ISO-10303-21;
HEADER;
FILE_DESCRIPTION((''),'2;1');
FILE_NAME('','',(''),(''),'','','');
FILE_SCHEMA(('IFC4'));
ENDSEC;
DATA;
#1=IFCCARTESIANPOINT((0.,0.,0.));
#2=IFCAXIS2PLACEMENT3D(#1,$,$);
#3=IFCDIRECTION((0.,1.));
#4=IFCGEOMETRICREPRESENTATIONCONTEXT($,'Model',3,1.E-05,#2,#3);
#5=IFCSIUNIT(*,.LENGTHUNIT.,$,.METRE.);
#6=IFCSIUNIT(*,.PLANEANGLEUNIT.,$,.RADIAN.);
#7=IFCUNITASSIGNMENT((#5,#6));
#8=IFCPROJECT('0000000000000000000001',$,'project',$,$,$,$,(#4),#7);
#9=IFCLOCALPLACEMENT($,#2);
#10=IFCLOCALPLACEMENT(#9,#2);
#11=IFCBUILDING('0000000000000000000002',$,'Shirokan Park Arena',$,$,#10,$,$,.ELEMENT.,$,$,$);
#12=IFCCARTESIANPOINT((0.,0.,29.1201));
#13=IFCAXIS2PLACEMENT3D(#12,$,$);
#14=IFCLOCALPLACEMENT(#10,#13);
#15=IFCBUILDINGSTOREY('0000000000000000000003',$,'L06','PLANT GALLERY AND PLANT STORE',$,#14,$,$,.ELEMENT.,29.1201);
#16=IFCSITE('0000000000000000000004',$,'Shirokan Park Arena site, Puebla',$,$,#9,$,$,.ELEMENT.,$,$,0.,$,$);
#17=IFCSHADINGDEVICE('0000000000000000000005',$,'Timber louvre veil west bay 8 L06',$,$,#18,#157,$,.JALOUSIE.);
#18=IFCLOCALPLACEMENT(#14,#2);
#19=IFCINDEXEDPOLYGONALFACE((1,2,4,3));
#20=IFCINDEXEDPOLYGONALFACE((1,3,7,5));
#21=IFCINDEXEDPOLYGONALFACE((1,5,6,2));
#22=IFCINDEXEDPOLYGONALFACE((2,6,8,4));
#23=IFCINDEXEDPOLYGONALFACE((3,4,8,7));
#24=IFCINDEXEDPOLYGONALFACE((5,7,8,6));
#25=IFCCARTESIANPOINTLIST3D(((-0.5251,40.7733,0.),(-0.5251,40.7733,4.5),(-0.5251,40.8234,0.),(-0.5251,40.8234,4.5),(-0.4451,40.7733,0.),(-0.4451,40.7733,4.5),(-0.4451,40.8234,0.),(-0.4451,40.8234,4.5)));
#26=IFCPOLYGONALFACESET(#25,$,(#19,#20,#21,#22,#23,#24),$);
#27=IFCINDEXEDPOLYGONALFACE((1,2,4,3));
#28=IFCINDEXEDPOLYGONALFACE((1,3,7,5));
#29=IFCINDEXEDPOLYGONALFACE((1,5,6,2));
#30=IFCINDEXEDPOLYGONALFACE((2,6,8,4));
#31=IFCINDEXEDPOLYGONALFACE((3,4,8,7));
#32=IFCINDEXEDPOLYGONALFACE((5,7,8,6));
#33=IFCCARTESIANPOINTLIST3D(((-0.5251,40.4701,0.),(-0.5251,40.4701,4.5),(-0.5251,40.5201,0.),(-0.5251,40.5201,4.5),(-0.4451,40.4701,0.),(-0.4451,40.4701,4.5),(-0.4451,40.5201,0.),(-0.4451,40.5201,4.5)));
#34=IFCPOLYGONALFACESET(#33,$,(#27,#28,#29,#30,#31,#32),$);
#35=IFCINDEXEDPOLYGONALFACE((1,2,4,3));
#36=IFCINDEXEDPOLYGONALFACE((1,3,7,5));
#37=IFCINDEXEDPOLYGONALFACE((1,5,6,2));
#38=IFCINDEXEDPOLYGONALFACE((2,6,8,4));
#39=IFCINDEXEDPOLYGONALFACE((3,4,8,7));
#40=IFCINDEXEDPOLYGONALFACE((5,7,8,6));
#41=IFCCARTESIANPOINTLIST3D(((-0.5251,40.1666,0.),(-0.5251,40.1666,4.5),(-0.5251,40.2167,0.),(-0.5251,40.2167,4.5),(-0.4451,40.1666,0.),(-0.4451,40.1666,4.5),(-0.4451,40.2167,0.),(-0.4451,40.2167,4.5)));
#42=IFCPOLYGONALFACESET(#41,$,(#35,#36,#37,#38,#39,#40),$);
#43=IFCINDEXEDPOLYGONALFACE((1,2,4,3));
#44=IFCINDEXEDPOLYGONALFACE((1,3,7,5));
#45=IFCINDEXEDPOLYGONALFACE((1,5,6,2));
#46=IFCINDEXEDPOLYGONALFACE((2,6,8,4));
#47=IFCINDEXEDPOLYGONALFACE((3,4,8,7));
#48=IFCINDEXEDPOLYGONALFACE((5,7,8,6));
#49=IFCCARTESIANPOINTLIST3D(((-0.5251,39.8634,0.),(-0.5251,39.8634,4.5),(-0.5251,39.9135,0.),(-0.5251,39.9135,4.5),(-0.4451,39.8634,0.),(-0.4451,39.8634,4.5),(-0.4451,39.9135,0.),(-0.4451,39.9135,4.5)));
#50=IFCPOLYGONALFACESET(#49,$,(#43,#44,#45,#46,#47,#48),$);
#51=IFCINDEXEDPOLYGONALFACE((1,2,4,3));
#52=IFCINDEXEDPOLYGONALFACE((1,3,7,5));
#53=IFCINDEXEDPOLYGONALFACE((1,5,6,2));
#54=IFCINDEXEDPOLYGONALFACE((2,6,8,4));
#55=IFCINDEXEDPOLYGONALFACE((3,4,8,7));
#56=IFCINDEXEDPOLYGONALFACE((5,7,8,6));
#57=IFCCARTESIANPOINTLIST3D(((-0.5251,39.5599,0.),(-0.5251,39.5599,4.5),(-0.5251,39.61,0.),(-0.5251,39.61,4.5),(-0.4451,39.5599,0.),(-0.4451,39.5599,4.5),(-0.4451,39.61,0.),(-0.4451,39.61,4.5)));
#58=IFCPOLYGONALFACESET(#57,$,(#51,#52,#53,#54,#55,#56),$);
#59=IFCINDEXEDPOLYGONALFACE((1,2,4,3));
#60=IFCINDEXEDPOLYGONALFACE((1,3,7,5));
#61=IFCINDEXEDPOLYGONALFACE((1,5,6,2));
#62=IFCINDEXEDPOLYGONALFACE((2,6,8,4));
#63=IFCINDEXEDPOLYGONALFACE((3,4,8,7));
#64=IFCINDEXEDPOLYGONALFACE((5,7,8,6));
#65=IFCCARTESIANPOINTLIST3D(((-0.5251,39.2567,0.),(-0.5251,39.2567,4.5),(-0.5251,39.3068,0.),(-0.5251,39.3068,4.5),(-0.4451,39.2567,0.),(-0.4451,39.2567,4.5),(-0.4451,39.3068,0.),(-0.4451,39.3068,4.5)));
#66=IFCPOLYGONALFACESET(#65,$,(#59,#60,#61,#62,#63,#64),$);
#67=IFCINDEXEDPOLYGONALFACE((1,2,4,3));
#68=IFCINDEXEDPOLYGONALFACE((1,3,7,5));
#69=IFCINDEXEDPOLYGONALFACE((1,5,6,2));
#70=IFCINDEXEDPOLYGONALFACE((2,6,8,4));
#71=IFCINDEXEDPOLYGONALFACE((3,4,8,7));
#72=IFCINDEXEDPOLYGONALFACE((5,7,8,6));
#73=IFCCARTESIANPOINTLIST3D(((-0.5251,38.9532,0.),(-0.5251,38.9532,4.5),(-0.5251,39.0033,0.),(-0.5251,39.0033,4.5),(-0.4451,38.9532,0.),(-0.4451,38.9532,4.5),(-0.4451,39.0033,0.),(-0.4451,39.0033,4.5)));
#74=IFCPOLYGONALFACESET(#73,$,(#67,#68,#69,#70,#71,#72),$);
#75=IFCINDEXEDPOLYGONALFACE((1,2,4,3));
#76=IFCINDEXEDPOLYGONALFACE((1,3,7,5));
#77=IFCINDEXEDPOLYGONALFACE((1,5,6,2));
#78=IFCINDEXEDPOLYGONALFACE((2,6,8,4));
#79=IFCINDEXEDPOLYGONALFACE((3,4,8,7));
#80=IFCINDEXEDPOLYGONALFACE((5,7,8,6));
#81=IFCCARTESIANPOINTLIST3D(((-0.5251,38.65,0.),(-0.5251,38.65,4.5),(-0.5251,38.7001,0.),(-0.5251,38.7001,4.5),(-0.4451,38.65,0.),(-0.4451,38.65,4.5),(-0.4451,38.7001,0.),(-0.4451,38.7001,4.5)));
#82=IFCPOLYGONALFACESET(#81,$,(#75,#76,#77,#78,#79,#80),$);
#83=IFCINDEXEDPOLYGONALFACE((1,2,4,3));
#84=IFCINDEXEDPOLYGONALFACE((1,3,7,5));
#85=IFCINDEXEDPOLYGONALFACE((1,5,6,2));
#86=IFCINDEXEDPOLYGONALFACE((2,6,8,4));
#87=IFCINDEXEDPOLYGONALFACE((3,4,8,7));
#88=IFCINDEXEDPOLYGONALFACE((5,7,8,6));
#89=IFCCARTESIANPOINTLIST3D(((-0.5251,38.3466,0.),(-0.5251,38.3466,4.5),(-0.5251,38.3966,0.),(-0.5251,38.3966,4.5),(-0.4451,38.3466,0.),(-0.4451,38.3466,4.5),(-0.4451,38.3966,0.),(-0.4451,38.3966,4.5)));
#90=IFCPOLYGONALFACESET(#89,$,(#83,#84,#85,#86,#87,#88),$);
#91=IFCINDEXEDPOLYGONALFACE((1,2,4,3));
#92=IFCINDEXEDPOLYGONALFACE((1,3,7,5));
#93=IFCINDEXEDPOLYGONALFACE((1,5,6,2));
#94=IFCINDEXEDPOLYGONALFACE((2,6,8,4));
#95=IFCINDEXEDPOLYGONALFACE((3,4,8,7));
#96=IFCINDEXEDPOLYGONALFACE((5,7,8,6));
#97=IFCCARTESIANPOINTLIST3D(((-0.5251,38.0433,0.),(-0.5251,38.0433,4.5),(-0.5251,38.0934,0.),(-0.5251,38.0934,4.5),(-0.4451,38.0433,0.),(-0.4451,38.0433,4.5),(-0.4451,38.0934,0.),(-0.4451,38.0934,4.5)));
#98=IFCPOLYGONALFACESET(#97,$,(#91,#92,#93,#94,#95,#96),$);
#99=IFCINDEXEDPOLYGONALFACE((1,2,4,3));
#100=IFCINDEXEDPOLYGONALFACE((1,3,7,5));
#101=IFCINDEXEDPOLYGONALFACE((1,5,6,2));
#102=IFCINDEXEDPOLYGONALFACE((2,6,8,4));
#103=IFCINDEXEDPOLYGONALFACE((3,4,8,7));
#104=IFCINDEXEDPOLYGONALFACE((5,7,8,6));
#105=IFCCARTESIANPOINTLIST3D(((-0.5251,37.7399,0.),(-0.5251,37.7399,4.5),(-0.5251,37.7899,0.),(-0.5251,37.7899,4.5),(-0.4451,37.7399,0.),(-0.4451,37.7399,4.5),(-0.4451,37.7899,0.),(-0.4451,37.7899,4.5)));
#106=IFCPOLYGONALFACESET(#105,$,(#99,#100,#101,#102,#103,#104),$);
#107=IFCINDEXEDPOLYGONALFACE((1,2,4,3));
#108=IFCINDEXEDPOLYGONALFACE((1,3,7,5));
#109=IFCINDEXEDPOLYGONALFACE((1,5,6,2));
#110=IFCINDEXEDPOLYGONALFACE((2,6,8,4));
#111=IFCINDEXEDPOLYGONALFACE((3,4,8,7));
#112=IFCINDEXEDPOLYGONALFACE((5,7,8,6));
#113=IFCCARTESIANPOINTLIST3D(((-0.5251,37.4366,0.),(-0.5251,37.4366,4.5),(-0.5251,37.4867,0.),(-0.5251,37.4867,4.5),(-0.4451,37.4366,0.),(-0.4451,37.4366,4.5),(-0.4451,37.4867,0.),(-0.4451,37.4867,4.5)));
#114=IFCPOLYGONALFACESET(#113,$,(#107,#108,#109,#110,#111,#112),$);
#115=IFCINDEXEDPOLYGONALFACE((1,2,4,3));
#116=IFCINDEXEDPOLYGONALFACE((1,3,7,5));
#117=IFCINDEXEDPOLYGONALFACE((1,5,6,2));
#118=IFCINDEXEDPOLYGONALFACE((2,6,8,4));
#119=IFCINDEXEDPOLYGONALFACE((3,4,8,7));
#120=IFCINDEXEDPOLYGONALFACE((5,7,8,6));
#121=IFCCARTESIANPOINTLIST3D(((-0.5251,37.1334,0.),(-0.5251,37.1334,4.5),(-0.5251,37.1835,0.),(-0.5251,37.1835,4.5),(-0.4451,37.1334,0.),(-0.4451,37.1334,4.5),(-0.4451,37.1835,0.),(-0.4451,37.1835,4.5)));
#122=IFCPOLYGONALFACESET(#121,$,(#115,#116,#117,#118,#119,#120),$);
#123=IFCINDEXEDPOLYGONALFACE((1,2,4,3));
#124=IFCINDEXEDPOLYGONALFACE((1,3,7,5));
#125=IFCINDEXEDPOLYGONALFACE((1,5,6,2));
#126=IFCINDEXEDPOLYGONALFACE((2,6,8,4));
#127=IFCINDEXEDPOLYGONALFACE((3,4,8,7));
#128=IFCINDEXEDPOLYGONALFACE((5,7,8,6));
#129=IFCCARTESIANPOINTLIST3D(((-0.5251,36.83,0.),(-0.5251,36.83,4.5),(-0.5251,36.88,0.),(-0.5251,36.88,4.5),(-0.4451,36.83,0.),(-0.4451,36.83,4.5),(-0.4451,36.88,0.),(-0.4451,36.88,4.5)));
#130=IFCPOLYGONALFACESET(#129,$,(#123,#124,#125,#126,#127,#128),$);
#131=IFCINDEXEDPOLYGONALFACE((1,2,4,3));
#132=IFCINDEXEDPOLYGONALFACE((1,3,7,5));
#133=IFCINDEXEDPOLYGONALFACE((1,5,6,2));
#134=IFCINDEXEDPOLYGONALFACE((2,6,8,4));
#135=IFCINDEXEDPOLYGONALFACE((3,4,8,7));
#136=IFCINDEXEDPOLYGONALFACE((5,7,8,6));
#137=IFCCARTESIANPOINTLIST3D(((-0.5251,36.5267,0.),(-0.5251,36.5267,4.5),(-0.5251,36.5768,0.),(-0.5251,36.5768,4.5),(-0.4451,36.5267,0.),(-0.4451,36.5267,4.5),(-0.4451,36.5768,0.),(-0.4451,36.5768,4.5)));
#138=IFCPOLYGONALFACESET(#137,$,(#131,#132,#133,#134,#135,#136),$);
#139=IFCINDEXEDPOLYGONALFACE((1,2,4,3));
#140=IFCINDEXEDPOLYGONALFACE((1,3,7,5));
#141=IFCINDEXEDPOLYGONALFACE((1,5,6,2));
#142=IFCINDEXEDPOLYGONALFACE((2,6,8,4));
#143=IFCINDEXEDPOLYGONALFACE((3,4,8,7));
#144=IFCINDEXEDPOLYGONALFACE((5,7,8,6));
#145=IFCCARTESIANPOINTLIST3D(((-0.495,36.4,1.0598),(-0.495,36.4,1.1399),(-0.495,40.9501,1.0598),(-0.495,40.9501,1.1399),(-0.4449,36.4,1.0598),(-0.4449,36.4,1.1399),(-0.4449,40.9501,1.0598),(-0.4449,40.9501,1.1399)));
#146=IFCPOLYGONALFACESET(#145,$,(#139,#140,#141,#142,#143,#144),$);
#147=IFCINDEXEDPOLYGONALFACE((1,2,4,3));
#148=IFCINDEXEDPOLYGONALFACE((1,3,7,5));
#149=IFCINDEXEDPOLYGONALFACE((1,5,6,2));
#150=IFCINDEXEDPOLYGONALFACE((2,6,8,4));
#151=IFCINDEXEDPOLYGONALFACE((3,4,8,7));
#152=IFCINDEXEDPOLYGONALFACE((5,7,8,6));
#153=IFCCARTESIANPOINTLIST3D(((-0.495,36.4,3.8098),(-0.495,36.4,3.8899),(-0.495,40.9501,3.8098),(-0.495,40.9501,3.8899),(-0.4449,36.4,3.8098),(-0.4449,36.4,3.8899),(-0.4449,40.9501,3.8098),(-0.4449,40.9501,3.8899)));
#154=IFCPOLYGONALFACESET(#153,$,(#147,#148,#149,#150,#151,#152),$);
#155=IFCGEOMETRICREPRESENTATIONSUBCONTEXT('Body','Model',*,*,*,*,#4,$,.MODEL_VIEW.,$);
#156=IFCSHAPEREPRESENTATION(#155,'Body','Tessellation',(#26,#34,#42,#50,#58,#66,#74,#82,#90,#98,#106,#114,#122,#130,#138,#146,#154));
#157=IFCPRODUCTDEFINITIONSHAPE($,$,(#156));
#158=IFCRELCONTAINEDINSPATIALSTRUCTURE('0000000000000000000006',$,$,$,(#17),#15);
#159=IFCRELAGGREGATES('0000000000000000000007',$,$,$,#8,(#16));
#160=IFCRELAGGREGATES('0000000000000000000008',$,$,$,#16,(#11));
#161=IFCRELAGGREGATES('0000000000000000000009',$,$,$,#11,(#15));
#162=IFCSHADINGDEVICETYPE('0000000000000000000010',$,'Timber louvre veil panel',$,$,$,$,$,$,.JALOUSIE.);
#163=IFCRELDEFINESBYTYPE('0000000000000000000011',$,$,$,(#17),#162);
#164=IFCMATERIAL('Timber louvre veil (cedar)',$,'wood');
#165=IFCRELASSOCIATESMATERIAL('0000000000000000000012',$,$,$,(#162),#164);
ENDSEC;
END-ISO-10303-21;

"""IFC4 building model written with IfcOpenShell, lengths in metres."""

from ifc_helpers import new_model, si_unit, direction, frame, origin, origin_2d, place, context, subcontext, project, spatial, rectangle, extrude, material, type_object, element, save


model = new_model("IFC4")

# Units and contexts
model_context = context("Model", 3, precision=1e-05, world=origin(), true_north=direction((0.0, 1.0)))
body_context = subcontext(model_context, "Body", "Model", "MODEL_VIEW")
ifc_project = project(units=[si_unit("LENGTHUNIT", "METRE"), si_unit("PLANEANGLEUNIT", "RADIAN")], contexts=[model_context])

# Site, building, storey
site_placement = place(None, origin())
site = spatial("IfcSite", under=ifc_project, at=site_placement, Name="Shirokan Park Arena site, Puebla", CompositionType="ELEMENT", RefElevation=0.0)
building_placement = place(site_placement, origin())
building = spatial("IfcBuilding", under=site, at=building_placement, Name="Shirokan Park Arena", CompositionType="ELEMENT")
storey_placement = place(building_placement, frame((0.0, 0.0, 29.1201)))
storey = spatial("IfcBuildingStorey", under=building, at=storey_placement, Name="L06", Description="PLANT GALLERY AND PLANT STORE", CompositionType="ELEMENT", Elevation=29.1201)

# Shading device
ifc_material_1 = material(Name="Timber louvre veil (cedar)", Category="wood")
shading_device_type = type_object("IfcShadingDeviceType", Name="Timber louvre veil panel", PredefinedType="JALOUSIE", material=ifc_material_1)
shading_device_1_placement = place(storey_placement, origin())
element("IfcShadingDevice", 1, at=shading_device_1_placement, inside=storey, type_object=shading_device_type, Name="Timber louvre veil west bay 8 L06", PredefinedType="JALOUSIE", context=body_context, shape_type="SweptSolid", body=[
    extrude(rectangle(XDim=0.05, YDim=0.0801, at=origin_2d()), frame((-0.4851, 40.7983, 0.0), z_axis=(0.0, 0.0, 1.0), x_axis=(0.0, -1.0, 0.0)), (0.0, 0.0, 1.0), 4.5),
    extrude(rectangle(XDim=0.05, YDim=0.0801, at=origin_2d()), frame((-0.4851, 40.4951, 0.0), z_axis=(0.0, 0.0, 1.0), x_axis=(0.0, -1.0, 0.0)), (0.0, 0.0, 1.0), 4.5),
    extrude(rectangle(XDim=0.05, YDim=0.0801, at=origin_2d()), frame((-0.4851, 40.1917, 0.0), z_axis=(0.0, 0.0, 1.0), x_axis=(0.0, -1.0, 0.0)), (0.0, 0.0, 1.0), 4.5),
    extrude(rectangle(XDim=0.05, YDim=0.0801, at=origin_2d()), frame((-0.4851, 39.8884, 0.0), z_axis=(0.0, 0.0, 1.0), x_axis=(0.0, -1.0, 0.0)), (0.0, 0.0, 1.0), 4.5),
    extrude(rectangle(XDim=0.05, YDim=0.0801, at=origin_2d()), frame((-0.4851, 39.585, 0.0), z_axis=(0.0, 0.0, 1.0), x_axis=(0.0, -1.0, 0.0)), (0.0, 0.0, 1.0), 4.5),
    extrude(rectangle(XDim=0.05, YDim=0.0801, at=origin_2d()), frame((-0.4851, 39.2817, 0.0), z_axis=(0.0, 0.0, 1.0), x_axis=(0.0, -1.0, 0.0)), (0.0, 0.0, 1.0), 4.5),
    extrude(rectangle(XDim=0.05, YDim=0.0801, at=origin_2d()), frame((-0.4851, 38.9783, 0.0), z_axis=(0.0, 0.0, 1.0), x_axis=(0.0, -1.0, 0.0)), (0.0, 0.0, 1.0), 4.5),
    extrude(rectangle(XDim=0.05, YDim=0.0801, at=origin_2d()), frame((-0.4851, 38.675, 0.0), z_axis=(0.0, 0.0, 1.0), x_axis=(0.0, -1.0, 0.0)), (0.0, 0.0, 1.0), 4.5),
    extrude(rectangle(XDim=0.05, YDim=0.0801, at=origin_2d()), frame((-0.4851, 38.3716, 0.0), z_axis=(0.0, 0.0, 1.0), x_axis=(0.0, -1.0, 0.0)), (0.0, 0.0, 1.0), 4.5),
    extrude(rectangle(XDim=0.05, YDim=0.0801, at=origin_2d()), frame((-0.4851, 38.0684, 0.0), z_axis=(0.0, 0.0, 1.0), x_axis=(0.0, -1.0, 0.0)), (0.0, 0.0, 1.0), 4.5),
    extrude(rectangle(XDim=0.05, YDim=0.0801, at=origin_2d()), frame((-0.4851, 37.7649, 0.0), z_axis=(0.0, 0.0, 1.0), x_axis=(0.0, -1.0, 0.0)), (0.0, 0.0, 1.0), 4.5),
    extrude(rectangle(XDim=0.05, YDim=0.0801, at=origin_2d()), frame((-0.4851, 37.4617, 0.0), z_axis=(0.0, 0.0, 1.0), x_axis=(0.0, -1.0, 0.0)), (0.0, 0.0, 1.0), 4.5),
    extrude(rectangle(XDim=0.05, YDim=0.0801, at=origin_2d()), frame((-0.4851, 37.1584, 0.0), z_axis=(0.0, 0.0, 1.0), x_axis=(0.0, -1.0, 0.0)), (0.0, 0.0, 1.0), 4.5),
    extrude(rectangle(XDim=0.05, YDim=0.0801, at=origin_2d()), frame((-0.4851, 36.855, 0.0), z_axis=(0.0, 0.0, 1.0), x_axis=(0.0, -1.0, 0.0)), (0.0, 0.0, 1.0), 4.5),
    extrude(rectangle(XDim=0.05, YDim=0.0801, at=origin_2d()), frame((-0.4851, 36.5518, 0.0), z_axis=(0.0, 0.0, 1.0), x_axis=(0.0, -1.0, 0.0)), (0.0, 0.0, 1.0), 4.5),
    extrude(rectangle(XDim=4.55, YDim=0.05, at=origin_2d()), frame((-0.47, 38.675, 1.0598), z_axis=(0.0, 0.0, 1.0), x_axis=(0.0, -1.0, 0.0)), (0.0, 0.0, 1.0), 0.0801),
    extrude(rectangle(XDim=4.55, YDim=0.05, at=origin_2d()), frame((-0.47, 38.675, 3.8098), z_axis=(0.0, 0.0, 1.0), x_axis=(0.0, -1.0, 0.0)), (0.0, 0.0, 1.0), 0.0801),
])

save(model, "model.ifc")
